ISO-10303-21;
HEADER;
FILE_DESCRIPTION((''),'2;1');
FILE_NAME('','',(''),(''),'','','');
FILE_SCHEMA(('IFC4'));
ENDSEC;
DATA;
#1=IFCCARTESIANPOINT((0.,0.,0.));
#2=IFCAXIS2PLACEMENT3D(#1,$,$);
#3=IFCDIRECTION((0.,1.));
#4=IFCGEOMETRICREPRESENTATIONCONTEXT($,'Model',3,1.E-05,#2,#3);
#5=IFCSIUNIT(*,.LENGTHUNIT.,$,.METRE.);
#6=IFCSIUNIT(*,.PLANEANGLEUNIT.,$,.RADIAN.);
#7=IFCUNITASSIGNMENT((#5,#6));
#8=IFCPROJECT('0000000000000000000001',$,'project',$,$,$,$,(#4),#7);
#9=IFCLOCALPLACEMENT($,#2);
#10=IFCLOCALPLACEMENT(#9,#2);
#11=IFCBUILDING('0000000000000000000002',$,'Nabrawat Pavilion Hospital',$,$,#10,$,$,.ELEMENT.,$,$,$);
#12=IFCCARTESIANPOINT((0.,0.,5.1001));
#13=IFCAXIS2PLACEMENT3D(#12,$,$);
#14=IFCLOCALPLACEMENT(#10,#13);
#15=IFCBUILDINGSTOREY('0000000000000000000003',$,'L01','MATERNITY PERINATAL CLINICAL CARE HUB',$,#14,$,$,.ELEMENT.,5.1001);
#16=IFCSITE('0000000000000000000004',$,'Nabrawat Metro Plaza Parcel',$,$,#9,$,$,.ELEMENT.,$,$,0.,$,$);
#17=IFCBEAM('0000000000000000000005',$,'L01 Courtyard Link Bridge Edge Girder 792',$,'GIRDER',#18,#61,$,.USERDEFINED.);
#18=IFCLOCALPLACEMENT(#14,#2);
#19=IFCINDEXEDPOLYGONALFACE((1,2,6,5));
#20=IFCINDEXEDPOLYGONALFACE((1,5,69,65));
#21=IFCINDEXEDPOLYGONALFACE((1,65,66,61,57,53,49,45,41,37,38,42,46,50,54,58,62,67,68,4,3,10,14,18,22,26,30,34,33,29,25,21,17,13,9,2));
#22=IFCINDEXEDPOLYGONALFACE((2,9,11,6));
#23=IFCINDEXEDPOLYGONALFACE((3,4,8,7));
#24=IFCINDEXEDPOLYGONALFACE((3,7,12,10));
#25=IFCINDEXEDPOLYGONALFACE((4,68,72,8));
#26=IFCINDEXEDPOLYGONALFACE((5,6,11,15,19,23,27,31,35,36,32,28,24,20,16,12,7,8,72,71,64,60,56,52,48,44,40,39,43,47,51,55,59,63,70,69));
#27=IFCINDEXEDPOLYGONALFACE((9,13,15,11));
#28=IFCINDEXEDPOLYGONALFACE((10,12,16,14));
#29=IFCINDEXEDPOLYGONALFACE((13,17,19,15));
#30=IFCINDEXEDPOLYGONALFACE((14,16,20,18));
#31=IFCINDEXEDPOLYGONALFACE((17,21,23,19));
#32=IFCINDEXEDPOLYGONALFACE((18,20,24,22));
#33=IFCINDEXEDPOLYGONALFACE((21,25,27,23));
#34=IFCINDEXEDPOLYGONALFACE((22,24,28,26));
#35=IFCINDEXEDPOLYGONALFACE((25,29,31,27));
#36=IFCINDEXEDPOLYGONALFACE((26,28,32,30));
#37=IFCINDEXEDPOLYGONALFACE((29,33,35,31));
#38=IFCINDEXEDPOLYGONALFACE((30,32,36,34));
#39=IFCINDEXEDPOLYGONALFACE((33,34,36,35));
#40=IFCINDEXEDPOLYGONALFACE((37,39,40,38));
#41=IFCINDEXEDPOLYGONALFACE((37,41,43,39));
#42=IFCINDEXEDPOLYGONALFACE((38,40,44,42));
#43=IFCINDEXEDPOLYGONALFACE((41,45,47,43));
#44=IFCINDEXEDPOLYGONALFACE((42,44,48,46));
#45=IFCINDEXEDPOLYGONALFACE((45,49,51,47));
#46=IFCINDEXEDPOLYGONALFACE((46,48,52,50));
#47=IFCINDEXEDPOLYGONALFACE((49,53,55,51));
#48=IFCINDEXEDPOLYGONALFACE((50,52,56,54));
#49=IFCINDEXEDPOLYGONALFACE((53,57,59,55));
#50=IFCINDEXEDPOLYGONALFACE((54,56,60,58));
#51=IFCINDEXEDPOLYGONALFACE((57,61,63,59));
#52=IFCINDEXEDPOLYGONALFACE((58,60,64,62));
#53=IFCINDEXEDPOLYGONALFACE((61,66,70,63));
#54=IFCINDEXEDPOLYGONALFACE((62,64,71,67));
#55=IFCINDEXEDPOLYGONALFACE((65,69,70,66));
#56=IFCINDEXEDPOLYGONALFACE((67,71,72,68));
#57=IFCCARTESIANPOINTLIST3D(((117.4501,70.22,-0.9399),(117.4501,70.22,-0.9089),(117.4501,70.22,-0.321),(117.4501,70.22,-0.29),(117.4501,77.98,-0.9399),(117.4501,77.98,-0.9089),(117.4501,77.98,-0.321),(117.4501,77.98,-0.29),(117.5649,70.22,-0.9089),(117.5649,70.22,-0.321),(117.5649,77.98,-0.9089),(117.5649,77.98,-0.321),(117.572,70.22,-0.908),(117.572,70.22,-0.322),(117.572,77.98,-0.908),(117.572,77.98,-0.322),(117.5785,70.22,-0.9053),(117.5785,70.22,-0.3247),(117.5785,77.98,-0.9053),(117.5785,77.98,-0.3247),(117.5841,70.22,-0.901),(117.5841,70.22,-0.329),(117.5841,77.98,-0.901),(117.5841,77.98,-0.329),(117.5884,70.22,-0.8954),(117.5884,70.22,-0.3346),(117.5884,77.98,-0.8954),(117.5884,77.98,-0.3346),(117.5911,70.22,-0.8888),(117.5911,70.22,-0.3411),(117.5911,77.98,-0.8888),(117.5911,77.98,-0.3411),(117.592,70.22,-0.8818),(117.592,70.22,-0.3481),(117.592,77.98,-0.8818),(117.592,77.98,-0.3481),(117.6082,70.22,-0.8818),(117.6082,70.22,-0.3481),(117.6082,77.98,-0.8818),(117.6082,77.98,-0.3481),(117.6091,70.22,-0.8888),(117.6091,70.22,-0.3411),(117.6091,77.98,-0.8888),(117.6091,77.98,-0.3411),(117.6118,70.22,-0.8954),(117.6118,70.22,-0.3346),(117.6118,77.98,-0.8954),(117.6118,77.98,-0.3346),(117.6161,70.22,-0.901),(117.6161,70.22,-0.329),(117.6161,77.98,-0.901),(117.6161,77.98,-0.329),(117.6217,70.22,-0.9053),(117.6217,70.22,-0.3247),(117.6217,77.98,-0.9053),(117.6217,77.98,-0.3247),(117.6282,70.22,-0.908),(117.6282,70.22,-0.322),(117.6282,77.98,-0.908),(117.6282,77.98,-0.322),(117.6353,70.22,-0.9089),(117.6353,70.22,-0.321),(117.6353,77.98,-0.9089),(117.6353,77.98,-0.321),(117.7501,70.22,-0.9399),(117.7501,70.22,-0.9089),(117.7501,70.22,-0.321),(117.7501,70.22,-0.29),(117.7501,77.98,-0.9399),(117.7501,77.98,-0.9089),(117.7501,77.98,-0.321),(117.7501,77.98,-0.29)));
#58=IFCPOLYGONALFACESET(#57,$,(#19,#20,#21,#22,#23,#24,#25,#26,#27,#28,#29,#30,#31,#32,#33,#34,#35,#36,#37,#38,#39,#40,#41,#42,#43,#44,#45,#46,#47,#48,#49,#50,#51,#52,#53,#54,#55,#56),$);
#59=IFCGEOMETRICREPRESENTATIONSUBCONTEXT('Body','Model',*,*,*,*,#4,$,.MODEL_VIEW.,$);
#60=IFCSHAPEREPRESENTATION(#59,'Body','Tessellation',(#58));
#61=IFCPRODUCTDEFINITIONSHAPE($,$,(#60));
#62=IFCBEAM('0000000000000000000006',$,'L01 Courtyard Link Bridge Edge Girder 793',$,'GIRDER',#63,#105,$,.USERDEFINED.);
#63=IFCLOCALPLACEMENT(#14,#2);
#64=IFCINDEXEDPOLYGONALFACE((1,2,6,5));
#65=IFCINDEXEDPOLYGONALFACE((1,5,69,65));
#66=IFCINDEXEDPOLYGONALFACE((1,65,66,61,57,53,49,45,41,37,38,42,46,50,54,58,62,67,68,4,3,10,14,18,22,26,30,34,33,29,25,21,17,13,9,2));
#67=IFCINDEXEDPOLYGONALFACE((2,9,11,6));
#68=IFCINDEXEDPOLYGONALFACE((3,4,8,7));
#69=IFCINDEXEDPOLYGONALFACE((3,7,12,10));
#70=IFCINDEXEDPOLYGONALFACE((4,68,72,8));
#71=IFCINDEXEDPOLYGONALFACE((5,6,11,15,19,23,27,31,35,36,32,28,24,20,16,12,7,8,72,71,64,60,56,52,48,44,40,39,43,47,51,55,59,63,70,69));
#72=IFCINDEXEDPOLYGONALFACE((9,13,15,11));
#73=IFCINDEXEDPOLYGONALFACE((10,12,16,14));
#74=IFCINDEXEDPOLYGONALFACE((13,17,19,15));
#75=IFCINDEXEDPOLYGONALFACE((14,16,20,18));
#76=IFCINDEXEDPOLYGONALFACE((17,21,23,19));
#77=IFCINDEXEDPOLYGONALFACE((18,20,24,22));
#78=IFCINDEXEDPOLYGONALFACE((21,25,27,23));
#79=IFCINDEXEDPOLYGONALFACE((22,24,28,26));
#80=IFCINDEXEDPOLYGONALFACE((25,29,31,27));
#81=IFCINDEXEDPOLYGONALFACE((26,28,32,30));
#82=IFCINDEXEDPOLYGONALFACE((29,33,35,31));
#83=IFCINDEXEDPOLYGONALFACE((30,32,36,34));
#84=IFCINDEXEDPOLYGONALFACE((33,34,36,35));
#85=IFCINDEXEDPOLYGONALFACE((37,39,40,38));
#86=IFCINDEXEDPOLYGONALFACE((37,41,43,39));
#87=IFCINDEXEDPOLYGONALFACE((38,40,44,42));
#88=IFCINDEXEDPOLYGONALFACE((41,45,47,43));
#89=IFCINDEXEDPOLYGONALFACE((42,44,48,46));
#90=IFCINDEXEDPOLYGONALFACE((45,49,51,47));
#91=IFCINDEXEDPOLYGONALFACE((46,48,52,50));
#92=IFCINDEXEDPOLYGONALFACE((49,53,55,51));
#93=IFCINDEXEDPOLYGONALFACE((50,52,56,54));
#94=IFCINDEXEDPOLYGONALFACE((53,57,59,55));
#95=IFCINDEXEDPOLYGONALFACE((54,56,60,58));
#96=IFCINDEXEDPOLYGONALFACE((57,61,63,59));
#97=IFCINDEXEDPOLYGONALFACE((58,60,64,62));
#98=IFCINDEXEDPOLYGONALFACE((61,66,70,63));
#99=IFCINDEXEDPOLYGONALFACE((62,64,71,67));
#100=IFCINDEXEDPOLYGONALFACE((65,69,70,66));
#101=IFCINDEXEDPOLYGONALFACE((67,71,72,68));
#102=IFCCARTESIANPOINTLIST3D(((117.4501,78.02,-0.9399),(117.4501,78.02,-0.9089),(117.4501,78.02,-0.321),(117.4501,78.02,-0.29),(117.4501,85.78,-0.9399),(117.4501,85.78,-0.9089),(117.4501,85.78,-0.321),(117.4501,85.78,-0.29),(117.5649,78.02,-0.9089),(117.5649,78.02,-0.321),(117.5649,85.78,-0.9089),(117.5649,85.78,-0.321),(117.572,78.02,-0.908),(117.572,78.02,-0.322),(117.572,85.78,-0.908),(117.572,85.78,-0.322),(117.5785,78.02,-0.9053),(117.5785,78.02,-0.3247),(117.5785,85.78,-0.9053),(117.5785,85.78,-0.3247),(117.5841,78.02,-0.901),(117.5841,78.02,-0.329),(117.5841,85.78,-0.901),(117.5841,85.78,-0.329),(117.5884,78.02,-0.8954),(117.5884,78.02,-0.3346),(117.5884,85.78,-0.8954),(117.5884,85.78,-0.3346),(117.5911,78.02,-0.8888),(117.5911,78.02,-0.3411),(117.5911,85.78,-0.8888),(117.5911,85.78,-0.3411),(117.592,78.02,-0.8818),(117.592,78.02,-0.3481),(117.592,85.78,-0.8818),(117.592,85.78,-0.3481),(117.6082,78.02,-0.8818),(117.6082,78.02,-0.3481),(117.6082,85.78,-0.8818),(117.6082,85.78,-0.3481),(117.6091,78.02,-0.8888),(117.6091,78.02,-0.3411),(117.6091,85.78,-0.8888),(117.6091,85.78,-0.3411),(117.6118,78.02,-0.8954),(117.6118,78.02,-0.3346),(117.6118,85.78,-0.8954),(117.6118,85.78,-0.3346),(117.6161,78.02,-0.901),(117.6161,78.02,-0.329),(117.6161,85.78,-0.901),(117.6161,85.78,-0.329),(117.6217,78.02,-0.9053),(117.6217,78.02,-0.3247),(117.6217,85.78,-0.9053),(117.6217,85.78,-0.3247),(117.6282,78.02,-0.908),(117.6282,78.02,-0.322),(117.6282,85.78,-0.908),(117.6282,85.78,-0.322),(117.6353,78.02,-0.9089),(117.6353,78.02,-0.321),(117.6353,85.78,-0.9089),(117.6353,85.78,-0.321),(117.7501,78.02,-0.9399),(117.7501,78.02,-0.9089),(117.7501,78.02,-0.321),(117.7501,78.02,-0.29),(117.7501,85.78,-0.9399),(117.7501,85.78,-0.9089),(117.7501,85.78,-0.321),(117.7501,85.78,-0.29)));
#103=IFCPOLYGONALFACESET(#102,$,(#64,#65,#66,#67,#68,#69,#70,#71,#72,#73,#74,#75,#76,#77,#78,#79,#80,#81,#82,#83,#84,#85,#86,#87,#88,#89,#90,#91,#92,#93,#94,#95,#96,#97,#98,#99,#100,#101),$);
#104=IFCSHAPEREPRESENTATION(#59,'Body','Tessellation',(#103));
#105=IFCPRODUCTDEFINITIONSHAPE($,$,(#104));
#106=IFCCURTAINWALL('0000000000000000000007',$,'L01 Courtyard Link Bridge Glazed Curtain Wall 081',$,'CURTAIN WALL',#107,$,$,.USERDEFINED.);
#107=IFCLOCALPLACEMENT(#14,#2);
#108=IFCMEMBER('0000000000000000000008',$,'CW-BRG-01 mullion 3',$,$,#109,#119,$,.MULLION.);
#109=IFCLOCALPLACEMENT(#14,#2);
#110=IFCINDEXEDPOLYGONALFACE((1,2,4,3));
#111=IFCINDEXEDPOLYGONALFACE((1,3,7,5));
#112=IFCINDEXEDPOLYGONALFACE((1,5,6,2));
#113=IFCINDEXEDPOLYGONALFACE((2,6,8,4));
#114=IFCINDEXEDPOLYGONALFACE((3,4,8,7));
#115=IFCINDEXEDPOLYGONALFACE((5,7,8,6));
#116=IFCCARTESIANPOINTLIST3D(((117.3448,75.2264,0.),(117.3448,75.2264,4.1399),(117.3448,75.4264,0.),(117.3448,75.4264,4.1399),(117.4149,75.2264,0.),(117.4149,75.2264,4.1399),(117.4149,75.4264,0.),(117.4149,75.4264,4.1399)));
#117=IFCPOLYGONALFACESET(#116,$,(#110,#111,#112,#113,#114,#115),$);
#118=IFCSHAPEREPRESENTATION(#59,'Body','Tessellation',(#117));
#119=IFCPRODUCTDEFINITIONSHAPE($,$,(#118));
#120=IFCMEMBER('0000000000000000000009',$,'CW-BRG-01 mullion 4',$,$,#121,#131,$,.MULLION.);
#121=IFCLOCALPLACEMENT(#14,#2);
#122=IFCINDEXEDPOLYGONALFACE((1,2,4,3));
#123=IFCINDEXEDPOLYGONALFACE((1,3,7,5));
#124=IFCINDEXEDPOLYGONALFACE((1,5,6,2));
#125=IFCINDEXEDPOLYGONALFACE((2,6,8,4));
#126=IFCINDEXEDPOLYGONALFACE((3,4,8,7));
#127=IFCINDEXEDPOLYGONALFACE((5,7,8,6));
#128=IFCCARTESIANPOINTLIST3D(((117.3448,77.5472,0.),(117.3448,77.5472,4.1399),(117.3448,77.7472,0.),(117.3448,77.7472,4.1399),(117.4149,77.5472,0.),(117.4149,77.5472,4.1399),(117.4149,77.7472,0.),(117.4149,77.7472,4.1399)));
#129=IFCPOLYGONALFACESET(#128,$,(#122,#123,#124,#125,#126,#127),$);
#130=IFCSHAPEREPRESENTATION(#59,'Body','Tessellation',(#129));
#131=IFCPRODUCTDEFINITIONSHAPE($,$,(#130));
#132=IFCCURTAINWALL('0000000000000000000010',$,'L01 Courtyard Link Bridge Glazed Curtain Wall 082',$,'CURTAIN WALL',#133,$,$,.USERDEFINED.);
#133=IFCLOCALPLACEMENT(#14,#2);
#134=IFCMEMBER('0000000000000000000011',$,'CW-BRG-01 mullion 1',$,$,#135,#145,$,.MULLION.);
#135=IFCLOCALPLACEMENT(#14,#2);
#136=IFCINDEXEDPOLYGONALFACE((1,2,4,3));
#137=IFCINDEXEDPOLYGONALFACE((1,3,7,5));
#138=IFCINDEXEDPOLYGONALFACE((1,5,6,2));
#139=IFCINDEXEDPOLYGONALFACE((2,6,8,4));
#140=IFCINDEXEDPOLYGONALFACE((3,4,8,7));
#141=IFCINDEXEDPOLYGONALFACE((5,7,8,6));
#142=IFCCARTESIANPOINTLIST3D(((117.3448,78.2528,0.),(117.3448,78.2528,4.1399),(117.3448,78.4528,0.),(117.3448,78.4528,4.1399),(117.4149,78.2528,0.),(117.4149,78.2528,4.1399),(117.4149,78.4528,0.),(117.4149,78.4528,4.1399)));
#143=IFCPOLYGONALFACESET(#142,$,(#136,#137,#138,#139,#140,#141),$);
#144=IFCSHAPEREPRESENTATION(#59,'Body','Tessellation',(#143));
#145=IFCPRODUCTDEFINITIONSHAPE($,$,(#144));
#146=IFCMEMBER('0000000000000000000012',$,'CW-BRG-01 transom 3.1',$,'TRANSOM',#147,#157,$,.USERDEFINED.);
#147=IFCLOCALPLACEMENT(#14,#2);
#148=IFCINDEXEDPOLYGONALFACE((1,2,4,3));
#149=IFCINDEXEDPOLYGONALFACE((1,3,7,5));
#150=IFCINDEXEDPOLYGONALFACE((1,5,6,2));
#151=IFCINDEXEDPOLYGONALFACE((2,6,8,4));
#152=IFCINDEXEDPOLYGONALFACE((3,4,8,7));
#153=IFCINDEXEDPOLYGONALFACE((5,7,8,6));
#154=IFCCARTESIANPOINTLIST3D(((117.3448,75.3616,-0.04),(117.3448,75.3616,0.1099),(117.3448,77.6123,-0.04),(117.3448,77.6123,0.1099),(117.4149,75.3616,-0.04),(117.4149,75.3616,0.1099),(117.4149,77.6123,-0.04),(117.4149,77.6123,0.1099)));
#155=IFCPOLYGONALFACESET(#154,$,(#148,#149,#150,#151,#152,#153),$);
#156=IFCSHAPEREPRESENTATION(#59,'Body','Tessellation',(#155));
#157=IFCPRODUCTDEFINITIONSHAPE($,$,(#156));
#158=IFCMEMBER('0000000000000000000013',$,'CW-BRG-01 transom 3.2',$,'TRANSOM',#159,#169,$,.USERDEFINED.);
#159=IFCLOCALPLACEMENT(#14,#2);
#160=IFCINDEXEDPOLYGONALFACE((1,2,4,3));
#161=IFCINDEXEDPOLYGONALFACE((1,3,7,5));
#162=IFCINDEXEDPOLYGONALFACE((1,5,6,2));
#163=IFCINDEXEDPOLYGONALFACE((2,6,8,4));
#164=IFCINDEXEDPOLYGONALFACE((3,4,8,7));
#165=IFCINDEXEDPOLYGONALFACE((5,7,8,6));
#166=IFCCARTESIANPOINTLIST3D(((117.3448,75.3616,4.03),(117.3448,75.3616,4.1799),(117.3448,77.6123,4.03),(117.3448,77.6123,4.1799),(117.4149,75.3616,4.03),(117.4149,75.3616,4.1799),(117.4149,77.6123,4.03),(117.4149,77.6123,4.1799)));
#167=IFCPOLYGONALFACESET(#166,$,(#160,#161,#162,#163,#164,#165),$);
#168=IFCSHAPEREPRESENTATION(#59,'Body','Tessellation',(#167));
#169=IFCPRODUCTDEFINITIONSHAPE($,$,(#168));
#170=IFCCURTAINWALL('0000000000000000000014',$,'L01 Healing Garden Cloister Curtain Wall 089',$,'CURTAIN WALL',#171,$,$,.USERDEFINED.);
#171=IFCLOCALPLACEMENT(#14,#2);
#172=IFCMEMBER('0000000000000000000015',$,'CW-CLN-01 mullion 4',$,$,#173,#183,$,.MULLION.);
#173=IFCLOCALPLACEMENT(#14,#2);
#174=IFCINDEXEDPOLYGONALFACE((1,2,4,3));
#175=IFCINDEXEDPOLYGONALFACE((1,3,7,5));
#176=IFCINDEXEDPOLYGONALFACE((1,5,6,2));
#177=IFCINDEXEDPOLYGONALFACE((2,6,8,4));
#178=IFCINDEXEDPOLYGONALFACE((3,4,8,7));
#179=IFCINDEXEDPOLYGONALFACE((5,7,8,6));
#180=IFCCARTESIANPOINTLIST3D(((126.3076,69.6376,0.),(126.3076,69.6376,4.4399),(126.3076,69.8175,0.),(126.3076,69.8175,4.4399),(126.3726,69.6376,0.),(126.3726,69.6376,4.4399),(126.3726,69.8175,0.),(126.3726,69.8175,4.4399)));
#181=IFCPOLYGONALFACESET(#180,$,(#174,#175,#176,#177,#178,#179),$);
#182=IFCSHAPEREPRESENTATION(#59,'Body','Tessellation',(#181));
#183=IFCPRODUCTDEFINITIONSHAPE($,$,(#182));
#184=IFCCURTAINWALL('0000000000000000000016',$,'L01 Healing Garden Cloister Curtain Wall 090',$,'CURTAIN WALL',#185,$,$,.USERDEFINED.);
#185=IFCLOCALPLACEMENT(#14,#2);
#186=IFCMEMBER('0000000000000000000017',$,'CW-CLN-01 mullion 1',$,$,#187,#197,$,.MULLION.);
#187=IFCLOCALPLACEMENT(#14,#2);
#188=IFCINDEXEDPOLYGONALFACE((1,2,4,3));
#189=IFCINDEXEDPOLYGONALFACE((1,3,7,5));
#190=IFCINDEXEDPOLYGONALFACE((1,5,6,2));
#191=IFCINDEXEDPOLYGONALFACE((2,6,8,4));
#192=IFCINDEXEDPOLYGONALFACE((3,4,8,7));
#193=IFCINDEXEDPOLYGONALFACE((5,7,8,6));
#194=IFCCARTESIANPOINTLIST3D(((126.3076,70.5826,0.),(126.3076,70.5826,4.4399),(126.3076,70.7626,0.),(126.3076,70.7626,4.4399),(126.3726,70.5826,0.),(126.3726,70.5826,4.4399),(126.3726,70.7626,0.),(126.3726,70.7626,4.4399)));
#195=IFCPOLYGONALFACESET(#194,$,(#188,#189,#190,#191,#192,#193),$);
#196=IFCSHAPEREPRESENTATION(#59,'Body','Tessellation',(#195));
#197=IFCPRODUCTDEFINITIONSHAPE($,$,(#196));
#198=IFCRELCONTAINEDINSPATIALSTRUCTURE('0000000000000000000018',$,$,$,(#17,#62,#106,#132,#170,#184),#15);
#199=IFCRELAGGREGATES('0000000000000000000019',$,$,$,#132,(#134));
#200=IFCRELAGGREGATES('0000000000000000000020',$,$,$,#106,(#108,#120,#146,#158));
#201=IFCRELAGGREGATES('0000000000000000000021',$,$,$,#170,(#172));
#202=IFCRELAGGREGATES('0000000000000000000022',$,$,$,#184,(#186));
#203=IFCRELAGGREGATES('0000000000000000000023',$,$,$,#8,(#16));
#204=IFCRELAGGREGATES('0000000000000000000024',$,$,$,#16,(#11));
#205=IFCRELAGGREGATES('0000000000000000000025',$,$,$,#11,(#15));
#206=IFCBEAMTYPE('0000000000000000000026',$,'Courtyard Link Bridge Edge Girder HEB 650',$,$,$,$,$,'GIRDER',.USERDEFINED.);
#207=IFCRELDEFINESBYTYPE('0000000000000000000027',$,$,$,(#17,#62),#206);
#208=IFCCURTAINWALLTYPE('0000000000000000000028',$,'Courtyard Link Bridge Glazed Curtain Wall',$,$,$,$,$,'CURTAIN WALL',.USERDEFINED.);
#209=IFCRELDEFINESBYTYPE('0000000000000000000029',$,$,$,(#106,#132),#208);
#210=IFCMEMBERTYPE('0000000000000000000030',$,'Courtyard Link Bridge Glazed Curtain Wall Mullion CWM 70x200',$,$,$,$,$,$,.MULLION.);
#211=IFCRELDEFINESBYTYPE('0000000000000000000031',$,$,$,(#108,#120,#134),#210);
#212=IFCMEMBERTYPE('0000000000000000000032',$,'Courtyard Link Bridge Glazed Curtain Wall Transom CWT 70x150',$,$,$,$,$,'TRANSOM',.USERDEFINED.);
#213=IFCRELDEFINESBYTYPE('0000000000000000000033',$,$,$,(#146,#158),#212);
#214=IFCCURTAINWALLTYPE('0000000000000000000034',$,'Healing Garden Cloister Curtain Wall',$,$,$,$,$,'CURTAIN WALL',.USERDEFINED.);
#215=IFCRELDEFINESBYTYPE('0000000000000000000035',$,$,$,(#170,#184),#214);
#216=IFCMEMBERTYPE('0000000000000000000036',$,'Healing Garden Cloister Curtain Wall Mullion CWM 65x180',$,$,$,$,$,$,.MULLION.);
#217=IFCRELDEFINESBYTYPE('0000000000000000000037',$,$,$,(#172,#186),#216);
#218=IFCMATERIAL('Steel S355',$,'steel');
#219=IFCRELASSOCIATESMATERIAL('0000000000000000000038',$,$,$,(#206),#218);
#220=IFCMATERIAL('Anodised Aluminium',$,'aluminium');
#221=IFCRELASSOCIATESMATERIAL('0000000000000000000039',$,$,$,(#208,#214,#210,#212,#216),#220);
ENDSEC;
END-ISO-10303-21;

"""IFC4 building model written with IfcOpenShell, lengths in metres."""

from ifc_helpers import new_model, si_unit, direction, frame, origin, origin_2d, place, context, subcontext, project, spatial, rectangle, i_section, extrude, material, material_profile, profile_set, type_object, element, aggregate, save


model = new_model("IFC4")

# Units and contexts
model_context = context("Model", 3, precision=1e-05, world=origin(), true_north=direction((0.0, 1.0)))
body_context = subcontext(model_context, "Body", "Model", "MODEL_VIEW")
ifc_project = project(units=[si_unit("LENGTHUNIT", "METRE"), si_unit("PLANEANGLEUNIT", "RADIAN")], contexts=[model_context])

# Site, building, storey
site_placement = place(None, origin())
site = spatial("IfcSite", under=ifc_project, at=site_placement, Name="Nabrawat Metro Plaza Parcel", CompositionType="ELEMENT", RefElevation=0.0)
building_placement = place(site_placement, origin())
building = spatial("IfcBuilding", under=site, at=building_placement, Name="Nabrawat Pavilion Hospital", CompositionType="ELEMENT")
storey_placement = place(building_placement, frame((0.0, 0.0, 5.1001)))
storey = spatial("IfcBuildingStorey", under=building, at=storey_placement, Name="L01", Description="MATERNITY PERINATAL CLINICAL CARE HUB", CompositionType="ELEMENT", Elevation=5.1001)

# Shared definitions
ifc_material_1 = material(Name="Steel S355", Category="steel")

# Beams
ifc_material_profile_1 = material_profile(ifc_material_1, i_section(OverallWidth=0.3, OverallDepth=0.6499, WebThickness=0.0161, FlangeThickness=0.031, FilletRadius=0.0271, at=origin_2d()), Name="HEB 650")
ifc_profile_set_1 = profile_set([ifc_material_profile_1], Name="Steel S355")
beam_type_1 = type_object("IfcBeamType", Name="Courtyard Link Bridge Edge Girder HEB 650", ElementType="GIRDER", PredefinedType="USERDEFINED", material=ifc_profile_set_1)
for number, where, z_axis, x_axis, name in (
    (1, (117.6001, 70.22, -0.615), (0.0, 1.0, 0.0), (-1.0, 0.0, 0.0), "L01 Courtyard Link Bridge Edge Girder 792"),
    (2, (117.6001, 78.02, -0.615), (0.0, 1.0, 0.0), (-1.0, 0.0, 0.0), "L01 Courtyard Link Bridge Edge Girder 793"),
):
    element("IfcBeam", number, at=place(storey_placement, frame(where, z_axis=z_axis, x_axis=x_axis)), inside=storey, type_object=beam_type_1, Name=name, ObjectType="GIRDER", PredefinedType="USERDEFINED", context=body_context, shape_type="SweptSolid", body=[
        extrude(i_section(OverallWidth=0.3, OverallDepth=0.6499, WebThickness=0.0161, FlangeThickness=0.031, FilletRadius=0.0271, at=origin_2d()), origin(), (0.0, 0.0, 1.0), 7.76),
    ])

# Curtain wall, members
ifc_material_2 = material(Name="Anodised Aluminium", Category="aluminium")
curtain_wall_type_1 = type_object("IfcCurtainWallType", Name="Courtyard Link Bridge Glazed Curtain Wall", ElementType="CURTAIN WALL", PredefinedType="USERDEFINED", material=ifc_material_2)
curtain_wall_1_placement = place(storey_placement, origin())
curtain_wall_1 = element("IfcCurtainWall", 3, at=curtain_wall_1_placement, inside=storey, type_object=curtain_wall_type_1, Name="L01 Courtyard Link Bridge Glazed Curtain Wall 081", ObjectType="CURTAIN WALL", PredefinedType="USERDEFINED")
ifc_material_profile_2 = material_profile(ifc_material_2, rectangle(XDim=0.0701, YDim=0.2, at=origin_2d()), Name="CWM 70x200")
ifc_profile_set_2 = profile_set([ifc_material_profile_2], Name="Anodised Aluminium")
member_type_1 = type_object("IfcMemberType", Name="Courtyard Link Bridge Glazed Curtain Wall Mullion CWM 70x200", PredefinedType="MULLION", material=ifc_profile_set_2)
member_1_placement = place(storey_placement, frame((117.3799, 75.3264, 0.0), z_axis=(0.0, 0.0, 1.0), x_axis=(-1.0, 0.0, 0.0)))
member_1 = element("IfcMember", 4, at=member_1_placement, type_object=member_type_1, Name="CW-BRG-01 mullion 3", PredefinedType="MULLION", context=body_context, shape_type="SweptSolid", body=[
    extrude(rectangle(XDim=0.0701, YDim=0.2, at=origin_2d()), origin(), (0.0, 0.0, 1.0), 4.1399),
])
member_2_placement = place(storey_placement, frame((117.3799, 77.6472, 0.0), z_axis=(0.0, 0.0, 1.0), x_axis=(-1.0, 0.0, 0.0)))
member_2 = element("IfcMember", 5, at=member_2_placement, type_object=member_type_1, Name="CW-BRG-01 mullion 4", PredefinedType="MULLION", context=body_context, shape_type="SweptSolid", body=[
    extrude(rectangle(XDim=0.0701, YDim=0.2, at=origin_2d()), origin(), (0.0, 0.0, 1.0), 4.1399),
])

# Curtain wall, member
curtain_wall_2_placement = place(storey_placement, origin())
curtain_wall_2 = element("IfcCurtainWall", 6, at=curtain_wall_2_placement, inside=storey, type_object=curtain_wall_type_1, Name="L01 Courtyard Link Bridge Glazed Curtain Wall 082", ObjectType="CURTAIN WALL", PredefinedType="USERDEFINED")
member_3_placement = place(storey_placement, frame((117.3799, 78.3528, 0.0), z_axis=(0.0, 0.0, 1.0), x_axis=(-1.0, 0.0, 0.0)))
member_3 = element("IfcMember", 7, at=member_3_placement, type_object=member_type_1, Name="CW-BRG-01 mullion 1", PredefinedType="MULLION", context=body_context, shape_type="SweptSolid", body=[
    extrude(rectangle(XDim=0.0701, YDim=0.2, at=origin_2d()), origin(), (0.0, 0.0, 1.0), 4.1399),
])
aggregate(curtain_wall_2, [member_3])

# Members
ifc_material_profile_3 = material_profile(ifc_material_2, rectangle(XDim=0.0701, YDim=0.1499, at=origin_2d()), Name="CWT 70x150")
ifc_profile_set_3 = profile_set([ifc_material_profile_3], Name="Anodised Aluminium")
member_type_2 = type_object("IfcMemberType", Name="Courtyard Link Bridge Glazed Curtain Wall Transom CWT 70x150", ElementType="TRANSOM", PredefinedType="USERDEFINED", material=ifc_profile_set_3)
member_4_placement = place(storey_placement, frame((117.3799, 75.3616, 0.0349), z_axis=(0.0, 1.0, 0.0), x_axis=(-1.0, 0.0, 0.0)))
member_4 = element("IfcMember", 8, at=member_4_placement, type_object=member_type_2, Name="CW-BRG-01 transom 3.1", ObjectType="TRANSOM", PredefinedType="USERDEFINED", context=body_context, shape_type="SweptSolid", body=[
    extrude(rectangle(XDim=0.0701, YDim=0.1499, at=origin_2d()), origin(), (0.0, 0.0, 1.0), 2.2507),
])
member_5_placement = place(storey_placement, frame((117.3799, 75.3616, 4.105), z_axis=(0.0, 1.0, 0.0), x_axis=(-1.0, 0.0, 0.0)))
member_5 = element("IfcMember", 9, at=member_5_placement, type_object=member_type_2, Name="CW-BRG-01 transom 3.2", ObjectType="TRANSOM", PredefinedType="USERDEFINED", context=body_context, shape_type="SweptSolid", body=[
    extrude(rectangle(XDim=0.0701, YDim=0.1499, at=origin_2d()), origin(), (0.0, 0.0, 1.0), 2.2507),
])

# Curtain wall, member
curtain_wall_type_2 = type_object("IfcCurtainWallType", Name="Healing Garden Cloister Curtain Wall", ElementType="CURTAIN WALL", PredefinedType="USERDEFINED", material=ifc_material_2)
curtain_wall_3_placement = place(storey_placement, origin())
curtain_wall_3 = element("IfcCurtainWall", 10, at=curtain_wall_3_placement, inside=storey, type_object=curtain_wall_type_2, Name="L01 Healing Garden Cloister Curtain Wall 089", ObjectType="CURTAIN WALL", PredefinedType="USERDEFINED")
ifc_material_profile_4 = material_profile(ifc_material_2, rectangle(XDim=0.0649, YDim=0.1799, at=origin_2d()), Name="CWM 65x180")
ifc_profile_set_4 = profile_set([ifc_material_profile_4], Name="Anodised Aluminium")
member_type_3 = type_object("IfcMemberType", Name="Healing Garden Cloister Curtain Wall Mullion CWM 65x180", PredefinedType="MULLION", material=ifc_profile_set_4)
member_6_placement = place(storey_placement, frame((126.3401, 69.7275, 0.0), z_axis=(0.0, 0.0, 1.0), x_axis=(-1.0, 0.0, 0.0)))
member_6 = element("IfcMember", 11, at=member_6_placement, type_object=member_type_3, Name="CW-CLN-01 mullion 4", PredefinedType="MULLION", context=body_context, shape_type="SweptSolid", body=[
    extrude(rectangle(XDim=0.0649, YDim=0.1799, at=origin_2d()), origin(), (0.0, 0.0, 1.0), 4.4399),
])

# Curtain wall, member
curtain_wall_4_placement = place(storey_placement, origin())
curtain_wall_4 = element("IfcCurtainWall", 12, at=curtain_wall_4_placement, inside=storey, type_object=curtain_wall_type_2, Name="L01 Healing Garden Cloister Curtain Wall 090", ObjectType="CURTAIN WALL", PredefinedType="USERDEFINED")
member_7_placement = place(storey_placement, frame((126.3401, 70.6726, 0.0), z_axis=(0.0, 0.0, 1.0), x_axis=(-1.0, 0.0, 0.0)))
member_7 = element("IfcMember", 13, at=member_7_placement, type_object=member_type_3, Name="CW-CLN-01 mullion 1", PredefinedType="MULLION", context=body_context, shape_type="SweptSolid", body=[
    extrude(rectangle(XDim=0.0649, YDim=0.1799, at=origin_2d()), origin(), (0.0, 0.0, 1.0), 4.4399),
])

aggregate(curtain_wall_1, [member_1, member_2, member_4, member_5])
aggregate(curtain_wall_3, [member_6])
aggregate(curtain_wall_4, [member_7])

save(model, "model.ifc")
